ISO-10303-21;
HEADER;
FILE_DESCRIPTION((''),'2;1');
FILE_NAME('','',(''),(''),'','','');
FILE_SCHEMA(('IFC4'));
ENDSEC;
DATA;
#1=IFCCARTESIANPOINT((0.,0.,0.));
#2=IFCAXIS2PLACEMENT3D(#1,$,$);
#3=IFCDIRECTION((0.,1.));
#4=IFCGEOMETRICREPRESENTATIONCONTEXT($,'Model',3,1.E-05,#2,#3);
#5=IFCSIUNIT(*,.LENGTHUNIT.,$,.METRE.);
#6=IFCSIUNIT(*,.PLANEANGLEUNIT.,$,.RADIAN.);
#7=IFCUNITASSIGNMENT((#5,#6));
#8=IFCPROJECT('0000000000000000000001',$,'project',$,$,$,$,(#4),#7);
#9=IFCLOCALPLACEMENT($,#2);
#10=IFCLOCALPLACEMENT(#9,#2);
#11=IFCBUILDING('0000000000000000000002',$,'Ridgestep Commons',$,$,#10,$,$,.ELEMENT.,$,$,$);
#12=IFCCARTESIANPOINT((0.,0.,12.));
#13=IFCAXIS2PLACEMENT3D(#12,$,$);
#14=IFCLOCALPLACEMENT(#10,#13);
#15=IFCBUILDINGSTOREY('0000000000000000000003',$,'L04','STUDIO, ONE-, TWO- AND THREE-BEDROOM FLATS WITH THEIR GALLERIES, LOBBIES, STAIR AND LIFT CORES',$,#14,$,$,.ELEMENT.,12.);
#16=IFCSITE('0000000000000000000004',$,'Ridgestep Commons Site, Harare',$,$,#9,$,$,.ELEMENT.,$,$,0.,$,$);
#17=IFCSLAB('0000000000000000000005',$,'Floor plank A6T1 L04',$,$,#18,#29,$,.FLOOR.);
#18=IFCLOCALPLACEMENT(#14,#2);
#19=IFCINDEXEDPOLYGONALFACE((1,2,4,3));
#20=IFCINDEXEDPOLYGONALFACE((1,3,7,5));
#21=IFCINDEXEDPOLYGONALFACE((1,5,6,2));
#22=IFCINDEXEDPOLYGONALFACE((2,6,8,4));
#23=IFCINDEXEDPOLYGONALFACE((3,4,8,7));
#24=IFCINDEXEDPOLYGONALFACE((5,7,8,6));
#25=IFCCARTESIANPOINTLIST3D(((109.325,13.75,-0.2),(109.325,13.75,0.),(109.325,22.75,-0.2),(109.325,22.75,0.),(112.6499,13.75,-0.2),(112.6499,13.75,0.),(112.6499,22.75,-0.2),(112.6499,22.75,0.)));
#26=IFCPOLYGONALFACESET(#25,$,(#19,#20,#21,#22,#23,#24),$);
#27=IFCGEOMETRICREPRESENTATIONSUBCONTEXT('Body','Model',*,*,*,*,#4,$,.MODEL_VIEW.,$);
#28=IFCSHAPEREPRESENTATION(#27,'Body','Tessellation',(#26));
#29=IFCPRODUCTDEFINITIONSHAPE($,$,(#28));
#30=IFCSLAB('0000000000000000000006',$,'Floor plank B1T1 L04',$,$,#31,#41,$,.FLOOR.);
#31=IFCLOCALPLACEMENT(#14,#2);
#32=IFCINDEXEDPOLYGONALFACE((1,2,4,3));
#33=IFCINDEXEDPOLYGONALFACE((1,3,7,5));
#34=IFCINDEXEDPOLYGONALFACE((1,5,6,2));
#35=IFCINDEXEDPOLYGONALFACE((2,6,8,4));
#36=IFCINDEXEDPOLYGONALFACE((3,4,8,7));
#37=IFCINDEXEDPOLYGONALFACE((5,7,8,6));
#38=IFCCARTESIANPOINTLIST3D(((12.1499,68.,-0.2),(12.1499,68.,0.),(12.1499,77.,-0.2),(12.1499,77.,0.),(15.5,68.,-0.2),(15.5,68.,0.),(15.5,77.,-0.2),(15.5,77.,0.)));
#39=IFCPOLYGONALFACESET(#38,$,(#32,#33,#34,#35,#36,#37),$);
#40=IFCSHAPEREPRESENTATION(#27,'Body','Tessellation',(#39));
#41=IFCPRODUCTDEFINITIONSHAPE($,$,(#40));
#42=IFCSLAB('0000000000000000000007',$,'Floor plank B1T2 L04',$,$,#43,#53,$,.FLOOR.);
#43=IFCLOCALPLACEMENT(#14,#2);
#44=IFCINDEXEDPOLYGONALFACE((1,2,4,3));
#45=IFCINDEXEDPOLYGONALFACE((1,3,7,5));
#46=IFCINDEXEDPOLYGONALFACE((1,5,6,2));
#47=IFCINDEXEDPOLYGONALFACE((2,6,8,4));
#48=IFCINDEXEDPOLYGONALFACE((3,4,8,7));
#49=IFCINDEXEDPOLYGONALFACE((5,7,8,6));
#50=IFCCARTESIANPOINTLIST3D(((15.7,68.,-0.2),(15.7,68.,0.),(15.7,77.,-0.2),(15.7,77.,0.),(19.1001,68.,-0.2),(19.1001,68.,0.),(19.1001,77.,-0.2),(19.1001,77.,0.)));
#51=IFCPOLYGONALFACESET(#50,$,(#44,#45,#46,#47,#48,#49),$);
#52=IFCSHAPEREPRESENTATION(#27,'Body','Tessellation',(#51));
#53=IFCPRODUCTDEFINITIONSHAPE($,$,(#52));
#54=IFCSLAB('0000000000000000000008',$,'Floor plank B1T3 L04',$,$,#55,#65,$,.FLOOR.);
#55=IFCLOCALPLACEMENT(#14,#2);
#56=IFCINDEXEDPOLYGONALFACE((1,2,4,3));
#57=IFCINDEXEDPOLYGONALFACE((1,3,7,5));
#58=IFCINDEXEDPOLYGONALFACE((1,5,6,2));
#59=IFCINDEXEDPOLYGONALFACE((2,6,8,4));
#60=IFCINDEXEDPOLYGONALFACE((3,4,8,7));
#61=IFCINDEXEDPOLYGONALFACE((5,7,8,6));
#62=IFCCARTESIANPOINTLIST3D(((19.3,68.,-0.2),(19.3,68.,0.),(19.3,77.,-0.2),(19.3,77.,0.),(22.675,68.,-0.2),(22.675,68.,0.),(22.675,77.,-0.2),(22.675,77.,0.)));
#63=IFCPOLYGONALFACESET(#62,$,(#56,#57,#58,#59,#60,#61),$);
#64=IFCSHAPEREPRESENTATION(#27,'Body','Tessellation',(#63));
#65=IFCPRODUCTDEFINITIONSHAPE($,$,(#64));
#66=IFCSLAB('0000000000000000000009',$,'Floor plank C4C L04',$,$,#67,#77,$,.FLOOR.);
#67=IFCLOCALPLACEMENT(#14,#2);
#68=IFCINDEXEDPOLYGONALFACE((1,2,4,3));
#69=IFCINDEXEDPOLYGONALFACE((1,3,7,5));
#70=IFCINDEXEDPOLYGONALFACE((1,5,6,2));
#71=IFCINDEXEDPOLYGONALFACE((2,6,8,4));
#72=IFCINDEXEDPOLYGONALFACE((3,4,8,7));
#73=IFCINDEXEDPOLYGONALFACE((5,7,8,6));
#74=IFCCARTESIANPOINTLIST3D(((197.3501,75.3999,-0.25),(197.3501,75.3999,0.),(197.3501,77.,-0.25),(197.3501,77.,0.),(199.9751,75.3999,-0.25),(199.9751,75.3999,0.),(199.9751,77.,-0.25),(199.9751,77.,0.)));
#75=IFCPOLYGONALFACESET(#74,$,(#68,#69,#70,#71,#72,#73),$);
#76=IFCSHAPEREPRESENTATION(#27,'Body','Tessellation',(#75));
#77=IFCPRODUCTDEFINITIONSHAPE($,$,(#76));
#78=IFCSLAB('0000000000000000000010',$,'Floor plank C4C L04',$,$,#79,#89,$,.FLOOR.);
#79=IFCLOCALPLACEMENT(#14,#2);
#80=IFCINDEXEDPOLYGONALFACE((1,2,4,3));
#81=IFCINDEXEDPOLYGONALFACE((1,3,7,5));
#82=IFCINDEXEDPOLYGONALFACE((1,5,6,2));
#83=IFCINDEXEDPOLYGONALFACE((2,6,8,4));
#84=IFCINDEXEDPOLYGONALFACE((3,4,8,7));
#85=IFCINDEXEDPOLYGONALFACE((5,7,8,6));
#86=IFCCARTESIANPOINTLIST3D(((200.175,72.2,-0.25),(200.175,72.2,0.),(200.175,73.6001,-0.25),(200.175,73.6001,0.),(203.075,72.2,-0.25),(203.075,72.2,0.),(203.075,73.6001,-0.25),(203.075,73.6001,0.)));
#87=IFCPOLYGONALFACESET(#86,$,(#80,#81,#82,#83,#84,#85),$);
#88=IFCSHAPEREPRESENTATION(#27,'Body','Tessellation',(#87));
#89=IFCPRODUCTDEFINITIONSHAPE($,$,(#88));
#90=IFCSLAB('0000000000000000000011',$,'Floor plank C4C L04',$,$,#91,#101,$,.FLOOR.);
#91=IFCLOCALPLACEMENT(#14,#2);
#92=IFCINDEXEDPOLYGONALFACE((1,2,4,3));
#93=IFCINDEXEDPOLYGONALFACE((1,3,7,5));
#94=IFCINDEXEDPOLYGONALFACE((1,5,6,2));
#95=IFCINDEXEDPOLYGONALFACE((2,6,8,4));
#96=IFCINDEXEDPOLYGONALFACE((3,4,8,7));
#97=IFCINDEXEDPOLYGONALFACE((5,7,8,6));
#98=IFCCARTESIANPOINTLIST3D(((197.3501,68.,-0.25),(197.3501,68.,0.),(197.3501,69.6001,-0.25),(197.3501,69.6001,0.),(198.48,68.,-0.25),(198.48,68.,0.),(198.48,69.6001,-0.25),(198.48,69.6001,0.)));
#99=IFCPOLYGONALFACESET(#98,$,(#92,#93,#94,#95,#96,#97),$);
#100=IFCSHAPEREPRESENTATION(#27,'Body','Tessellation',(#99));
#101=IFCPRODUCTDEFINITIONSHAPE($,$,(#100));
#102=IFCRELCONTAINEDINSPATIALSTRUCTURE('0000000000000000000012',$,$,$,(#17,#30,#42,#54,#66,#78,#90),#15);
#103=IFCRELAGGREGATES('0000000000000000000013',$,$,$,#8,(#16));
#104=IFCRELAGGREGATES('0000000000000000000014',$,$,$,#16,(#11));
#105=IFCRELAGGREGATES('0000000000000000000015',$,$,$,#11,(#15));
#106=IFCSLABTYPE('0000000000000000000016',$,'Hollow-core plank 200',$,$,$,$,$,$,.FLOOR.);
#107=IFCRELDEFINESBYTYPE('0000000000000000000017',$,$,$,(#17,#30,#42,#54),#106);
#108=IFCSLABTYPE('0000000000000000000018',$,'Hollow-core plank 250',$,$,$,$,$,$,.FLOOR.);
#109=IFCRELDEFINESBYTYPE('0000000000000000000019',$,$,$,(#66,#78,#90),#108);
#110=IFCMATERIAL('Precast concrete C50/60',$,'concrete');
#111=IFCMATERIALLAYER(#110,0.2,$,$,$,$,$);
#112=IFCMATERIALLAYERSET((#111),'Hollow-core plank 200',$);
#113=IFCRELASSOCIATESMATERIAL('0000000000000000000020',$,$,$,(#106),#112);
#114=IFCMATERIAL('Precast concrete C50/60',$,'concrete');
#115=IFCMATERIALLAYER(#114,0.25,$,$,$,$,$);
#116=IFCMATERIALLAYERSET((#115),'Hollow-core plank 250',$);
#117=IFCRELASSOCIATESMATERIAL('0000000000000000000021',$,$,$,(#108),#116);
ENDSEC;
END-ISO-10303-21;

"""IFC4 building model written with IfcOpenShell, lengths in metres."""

from ifc_helpers import new_model, si_unit, direction, frame, origin, place, context, subcontext, project, spatial, polyline, outline, extrude, material, layer, layer_set, type_object, element, save


model = new_model("IFC4")

# Units and contexts
model_context = context("Model", 3, precision=1e-05, world=origin(), true_north=direction((0.0, 1.0)))
body_context = subcontext(model_context, "Body", "Model", "MODEL_VIEW")
ifc_project = project(units=[si_unit("LENGTHUNIT", "METRE"), si_unit("PLANEANGLEUNIT", "RADIAN")], contexts=[model_context])

# Site, building, storey
site_placement = place(None, origin())
site = spatial("IfcSite", under=ifc_project, at=site_placement, Name="Ridgestep Commons Site, Harare", CompositionType="ELEMENT", RefElevation=0.0)
building_placement = place(site_placement, origin())
building = spatial("IfcBuilding", under=site, at=building_placement, Name="Ridgestep Commons", CompositionType="ELEMENT")
storey_placement = place(building_placement, frame((0.0, 0.0, 12.0)))
storey = spatial("IfcBuildingStorey", under=building, at=storey_placement, Name="L04", Description="STUDIO, ONE-, TWO- AND THREE-BEDROOM FLATS WITH THEIR GALLERIES, LOBBIES, STAIR AND LIFT CORES", CompositionType="ELEMENT", Elevation=12.0)

# Slabs
ifc_material_1 = material(Name="Precast concrete C50/60", Category="concrete")
ifc_layer_1 = layer(ifc_material_1, 0.2)
ifc_layer_set_1 = layer_set([ifc_layer_1], Name="Hollow-core plank 200")
slab_type_1 = type_object("IfcSlabType", Name="Hollow-core plank 200", PredefinedType="FLOOR", material=ifc_layer_set_1)
slab_1_placement = place(storey_placement, frame((0.0, 0.0, -0.2)))
element("IfcSlab", 1, at=slab_1_placement, inside=storey, type_object=slab_type_1, Name="Floor plank A6T1 L04", PredefinedType="FLOOR", context=body_context, shape_type="SweptSolid", body=[
    extrude(outline(polyline([(112.6499, 13.75), (112.6499, 22.75), (109.325, 22.75), (109.325, 13.75), (112.6499, 13.75)])), origin(), (0.0, 0.0, 1.0), 0.2),
])
slab_2_placement = place(storey_placement, frame((0.0, 0.0, -0.2)))
element("IfcSlab", 2, at=slab_2_placement, inside=storey, type_object=slab_type_1, Name="Floor plank B1T1 L04", PredefinedType="FLOOR", context=body_context, shape_type="SweptSolid", body=[
    extrude(outline(polyline([(15.5, 68.0), (15.5, 77.0), (12.1499, 77.0), (12.1499, 68.0), (15.5, 68.0)])), origin(), (0.0, 0.0, 1.0), 0.2),
])
slab_3_placement = place(storey_placement, frame((0.0, 0.0, -0.2)))
element("IfcSlab", 3, at=slab_3_placement, inside=storey, type_object=slab_type_1, Name="Floor plank B1T2 L04", PredefinedType="FLOOR", context=body_context, shape_type="SweptSolid", body=[
    extrude(outline(polyline([(19.1001, 68.0), (19.1001, 77.0), (15.7, 77.0), (15.7, 68.0), (19.1001, 68.0)])), origin(), (0.0, 0.0, 1.0), 0.2),
])
slab_4_placement = place(storey_placement, frame((0.0, 0.0, -0.2)))
element("IfcSlab", 4, at=slab_4_placement, inside=storey, type_object=slab_type_1, Name="Floor plank B1T3 L04", PredefinedType="FLOOR", context=body_context, shape_type="SweptSolid", body=[
    extrude(outline(polyline([(22.675, 68.0), (22.675, 77.0), (19.3, 77.0), (19.3, 68.0), (22.675, 68.0)])), origin(), (0.0, 0.0, 1.0), 0.2),
])
ifc_material_2 = material(Name="Precast concrete C50/60", Category="concrete")
ifc_layer_2 = layer(ifc_material_2, 0.25)
ifc_layer_set_2 = layer_set([ifc_layer_2], Name="Hollow-core plank 250")
slab_type_2 = type_object("IfcSlabType", Name="Hollow-core plank 250", PredefinedType="FLOOR", material=ifc_layer_set_2)
slab_5_placement = place(storey_placement, frame((0.0, 0.0, -0.25)))
element("IfcSlab", 5, at=slab_5_placement, inside=storey, type_object=slab_type_2, Name="Floor plank C4C L04", PredefinedType="FLOOR", context=body_context, shape_type="SweptSolid", body=[
    extrude(outline(polyline([(199.9751, 77.0), (197.3501, 77.0), (197.3501, 75.3999), (199.9751, 75.3999), (199.9751, 77.0)])), origin(), (0.0, 0.0, 1.0), 0.25),
])
slab_6_placement = place(storey_placement, frame((0.0, 0.0, -0.25)))
element("IfcSlab", 6, at=slab_6_placement, inside=storey, type_object=slab_type_2, Name="Floor plank C4C L04", PredefinedType="FLOOR", context=body_context, shape_type="SweptSolid", body=[
    extrude(outline(polyline([(203.075, 72.2), (203.075, 73.6001), (200.175, 73.6001), (200.175, 72.2), (203.075, 72.2)])), origin(), (0.0, 0.0, 1.0), 0.25),
])
slab_7_placement = place(storey_placement, frame((0.0, 0.0, -0.25)))
element("IfcSlab", 7, at=slab_7_placement, inside=storey, type_object=slab_type_2, Name="Floor plank C4C L04", PredefinedType="FLOOR", context=body_context, shape_type="SweptSolid", body=[
    extrude(outline(polyline([(198.48, 69.6001), (197.3501, 69.6001), (197.3501, 68.0), (198.48, 68.0), (198.48, 69.6001)])), origin(), (0.0, 0.0, 1.0), 0.25),
])

save(model, "model.ifc")
